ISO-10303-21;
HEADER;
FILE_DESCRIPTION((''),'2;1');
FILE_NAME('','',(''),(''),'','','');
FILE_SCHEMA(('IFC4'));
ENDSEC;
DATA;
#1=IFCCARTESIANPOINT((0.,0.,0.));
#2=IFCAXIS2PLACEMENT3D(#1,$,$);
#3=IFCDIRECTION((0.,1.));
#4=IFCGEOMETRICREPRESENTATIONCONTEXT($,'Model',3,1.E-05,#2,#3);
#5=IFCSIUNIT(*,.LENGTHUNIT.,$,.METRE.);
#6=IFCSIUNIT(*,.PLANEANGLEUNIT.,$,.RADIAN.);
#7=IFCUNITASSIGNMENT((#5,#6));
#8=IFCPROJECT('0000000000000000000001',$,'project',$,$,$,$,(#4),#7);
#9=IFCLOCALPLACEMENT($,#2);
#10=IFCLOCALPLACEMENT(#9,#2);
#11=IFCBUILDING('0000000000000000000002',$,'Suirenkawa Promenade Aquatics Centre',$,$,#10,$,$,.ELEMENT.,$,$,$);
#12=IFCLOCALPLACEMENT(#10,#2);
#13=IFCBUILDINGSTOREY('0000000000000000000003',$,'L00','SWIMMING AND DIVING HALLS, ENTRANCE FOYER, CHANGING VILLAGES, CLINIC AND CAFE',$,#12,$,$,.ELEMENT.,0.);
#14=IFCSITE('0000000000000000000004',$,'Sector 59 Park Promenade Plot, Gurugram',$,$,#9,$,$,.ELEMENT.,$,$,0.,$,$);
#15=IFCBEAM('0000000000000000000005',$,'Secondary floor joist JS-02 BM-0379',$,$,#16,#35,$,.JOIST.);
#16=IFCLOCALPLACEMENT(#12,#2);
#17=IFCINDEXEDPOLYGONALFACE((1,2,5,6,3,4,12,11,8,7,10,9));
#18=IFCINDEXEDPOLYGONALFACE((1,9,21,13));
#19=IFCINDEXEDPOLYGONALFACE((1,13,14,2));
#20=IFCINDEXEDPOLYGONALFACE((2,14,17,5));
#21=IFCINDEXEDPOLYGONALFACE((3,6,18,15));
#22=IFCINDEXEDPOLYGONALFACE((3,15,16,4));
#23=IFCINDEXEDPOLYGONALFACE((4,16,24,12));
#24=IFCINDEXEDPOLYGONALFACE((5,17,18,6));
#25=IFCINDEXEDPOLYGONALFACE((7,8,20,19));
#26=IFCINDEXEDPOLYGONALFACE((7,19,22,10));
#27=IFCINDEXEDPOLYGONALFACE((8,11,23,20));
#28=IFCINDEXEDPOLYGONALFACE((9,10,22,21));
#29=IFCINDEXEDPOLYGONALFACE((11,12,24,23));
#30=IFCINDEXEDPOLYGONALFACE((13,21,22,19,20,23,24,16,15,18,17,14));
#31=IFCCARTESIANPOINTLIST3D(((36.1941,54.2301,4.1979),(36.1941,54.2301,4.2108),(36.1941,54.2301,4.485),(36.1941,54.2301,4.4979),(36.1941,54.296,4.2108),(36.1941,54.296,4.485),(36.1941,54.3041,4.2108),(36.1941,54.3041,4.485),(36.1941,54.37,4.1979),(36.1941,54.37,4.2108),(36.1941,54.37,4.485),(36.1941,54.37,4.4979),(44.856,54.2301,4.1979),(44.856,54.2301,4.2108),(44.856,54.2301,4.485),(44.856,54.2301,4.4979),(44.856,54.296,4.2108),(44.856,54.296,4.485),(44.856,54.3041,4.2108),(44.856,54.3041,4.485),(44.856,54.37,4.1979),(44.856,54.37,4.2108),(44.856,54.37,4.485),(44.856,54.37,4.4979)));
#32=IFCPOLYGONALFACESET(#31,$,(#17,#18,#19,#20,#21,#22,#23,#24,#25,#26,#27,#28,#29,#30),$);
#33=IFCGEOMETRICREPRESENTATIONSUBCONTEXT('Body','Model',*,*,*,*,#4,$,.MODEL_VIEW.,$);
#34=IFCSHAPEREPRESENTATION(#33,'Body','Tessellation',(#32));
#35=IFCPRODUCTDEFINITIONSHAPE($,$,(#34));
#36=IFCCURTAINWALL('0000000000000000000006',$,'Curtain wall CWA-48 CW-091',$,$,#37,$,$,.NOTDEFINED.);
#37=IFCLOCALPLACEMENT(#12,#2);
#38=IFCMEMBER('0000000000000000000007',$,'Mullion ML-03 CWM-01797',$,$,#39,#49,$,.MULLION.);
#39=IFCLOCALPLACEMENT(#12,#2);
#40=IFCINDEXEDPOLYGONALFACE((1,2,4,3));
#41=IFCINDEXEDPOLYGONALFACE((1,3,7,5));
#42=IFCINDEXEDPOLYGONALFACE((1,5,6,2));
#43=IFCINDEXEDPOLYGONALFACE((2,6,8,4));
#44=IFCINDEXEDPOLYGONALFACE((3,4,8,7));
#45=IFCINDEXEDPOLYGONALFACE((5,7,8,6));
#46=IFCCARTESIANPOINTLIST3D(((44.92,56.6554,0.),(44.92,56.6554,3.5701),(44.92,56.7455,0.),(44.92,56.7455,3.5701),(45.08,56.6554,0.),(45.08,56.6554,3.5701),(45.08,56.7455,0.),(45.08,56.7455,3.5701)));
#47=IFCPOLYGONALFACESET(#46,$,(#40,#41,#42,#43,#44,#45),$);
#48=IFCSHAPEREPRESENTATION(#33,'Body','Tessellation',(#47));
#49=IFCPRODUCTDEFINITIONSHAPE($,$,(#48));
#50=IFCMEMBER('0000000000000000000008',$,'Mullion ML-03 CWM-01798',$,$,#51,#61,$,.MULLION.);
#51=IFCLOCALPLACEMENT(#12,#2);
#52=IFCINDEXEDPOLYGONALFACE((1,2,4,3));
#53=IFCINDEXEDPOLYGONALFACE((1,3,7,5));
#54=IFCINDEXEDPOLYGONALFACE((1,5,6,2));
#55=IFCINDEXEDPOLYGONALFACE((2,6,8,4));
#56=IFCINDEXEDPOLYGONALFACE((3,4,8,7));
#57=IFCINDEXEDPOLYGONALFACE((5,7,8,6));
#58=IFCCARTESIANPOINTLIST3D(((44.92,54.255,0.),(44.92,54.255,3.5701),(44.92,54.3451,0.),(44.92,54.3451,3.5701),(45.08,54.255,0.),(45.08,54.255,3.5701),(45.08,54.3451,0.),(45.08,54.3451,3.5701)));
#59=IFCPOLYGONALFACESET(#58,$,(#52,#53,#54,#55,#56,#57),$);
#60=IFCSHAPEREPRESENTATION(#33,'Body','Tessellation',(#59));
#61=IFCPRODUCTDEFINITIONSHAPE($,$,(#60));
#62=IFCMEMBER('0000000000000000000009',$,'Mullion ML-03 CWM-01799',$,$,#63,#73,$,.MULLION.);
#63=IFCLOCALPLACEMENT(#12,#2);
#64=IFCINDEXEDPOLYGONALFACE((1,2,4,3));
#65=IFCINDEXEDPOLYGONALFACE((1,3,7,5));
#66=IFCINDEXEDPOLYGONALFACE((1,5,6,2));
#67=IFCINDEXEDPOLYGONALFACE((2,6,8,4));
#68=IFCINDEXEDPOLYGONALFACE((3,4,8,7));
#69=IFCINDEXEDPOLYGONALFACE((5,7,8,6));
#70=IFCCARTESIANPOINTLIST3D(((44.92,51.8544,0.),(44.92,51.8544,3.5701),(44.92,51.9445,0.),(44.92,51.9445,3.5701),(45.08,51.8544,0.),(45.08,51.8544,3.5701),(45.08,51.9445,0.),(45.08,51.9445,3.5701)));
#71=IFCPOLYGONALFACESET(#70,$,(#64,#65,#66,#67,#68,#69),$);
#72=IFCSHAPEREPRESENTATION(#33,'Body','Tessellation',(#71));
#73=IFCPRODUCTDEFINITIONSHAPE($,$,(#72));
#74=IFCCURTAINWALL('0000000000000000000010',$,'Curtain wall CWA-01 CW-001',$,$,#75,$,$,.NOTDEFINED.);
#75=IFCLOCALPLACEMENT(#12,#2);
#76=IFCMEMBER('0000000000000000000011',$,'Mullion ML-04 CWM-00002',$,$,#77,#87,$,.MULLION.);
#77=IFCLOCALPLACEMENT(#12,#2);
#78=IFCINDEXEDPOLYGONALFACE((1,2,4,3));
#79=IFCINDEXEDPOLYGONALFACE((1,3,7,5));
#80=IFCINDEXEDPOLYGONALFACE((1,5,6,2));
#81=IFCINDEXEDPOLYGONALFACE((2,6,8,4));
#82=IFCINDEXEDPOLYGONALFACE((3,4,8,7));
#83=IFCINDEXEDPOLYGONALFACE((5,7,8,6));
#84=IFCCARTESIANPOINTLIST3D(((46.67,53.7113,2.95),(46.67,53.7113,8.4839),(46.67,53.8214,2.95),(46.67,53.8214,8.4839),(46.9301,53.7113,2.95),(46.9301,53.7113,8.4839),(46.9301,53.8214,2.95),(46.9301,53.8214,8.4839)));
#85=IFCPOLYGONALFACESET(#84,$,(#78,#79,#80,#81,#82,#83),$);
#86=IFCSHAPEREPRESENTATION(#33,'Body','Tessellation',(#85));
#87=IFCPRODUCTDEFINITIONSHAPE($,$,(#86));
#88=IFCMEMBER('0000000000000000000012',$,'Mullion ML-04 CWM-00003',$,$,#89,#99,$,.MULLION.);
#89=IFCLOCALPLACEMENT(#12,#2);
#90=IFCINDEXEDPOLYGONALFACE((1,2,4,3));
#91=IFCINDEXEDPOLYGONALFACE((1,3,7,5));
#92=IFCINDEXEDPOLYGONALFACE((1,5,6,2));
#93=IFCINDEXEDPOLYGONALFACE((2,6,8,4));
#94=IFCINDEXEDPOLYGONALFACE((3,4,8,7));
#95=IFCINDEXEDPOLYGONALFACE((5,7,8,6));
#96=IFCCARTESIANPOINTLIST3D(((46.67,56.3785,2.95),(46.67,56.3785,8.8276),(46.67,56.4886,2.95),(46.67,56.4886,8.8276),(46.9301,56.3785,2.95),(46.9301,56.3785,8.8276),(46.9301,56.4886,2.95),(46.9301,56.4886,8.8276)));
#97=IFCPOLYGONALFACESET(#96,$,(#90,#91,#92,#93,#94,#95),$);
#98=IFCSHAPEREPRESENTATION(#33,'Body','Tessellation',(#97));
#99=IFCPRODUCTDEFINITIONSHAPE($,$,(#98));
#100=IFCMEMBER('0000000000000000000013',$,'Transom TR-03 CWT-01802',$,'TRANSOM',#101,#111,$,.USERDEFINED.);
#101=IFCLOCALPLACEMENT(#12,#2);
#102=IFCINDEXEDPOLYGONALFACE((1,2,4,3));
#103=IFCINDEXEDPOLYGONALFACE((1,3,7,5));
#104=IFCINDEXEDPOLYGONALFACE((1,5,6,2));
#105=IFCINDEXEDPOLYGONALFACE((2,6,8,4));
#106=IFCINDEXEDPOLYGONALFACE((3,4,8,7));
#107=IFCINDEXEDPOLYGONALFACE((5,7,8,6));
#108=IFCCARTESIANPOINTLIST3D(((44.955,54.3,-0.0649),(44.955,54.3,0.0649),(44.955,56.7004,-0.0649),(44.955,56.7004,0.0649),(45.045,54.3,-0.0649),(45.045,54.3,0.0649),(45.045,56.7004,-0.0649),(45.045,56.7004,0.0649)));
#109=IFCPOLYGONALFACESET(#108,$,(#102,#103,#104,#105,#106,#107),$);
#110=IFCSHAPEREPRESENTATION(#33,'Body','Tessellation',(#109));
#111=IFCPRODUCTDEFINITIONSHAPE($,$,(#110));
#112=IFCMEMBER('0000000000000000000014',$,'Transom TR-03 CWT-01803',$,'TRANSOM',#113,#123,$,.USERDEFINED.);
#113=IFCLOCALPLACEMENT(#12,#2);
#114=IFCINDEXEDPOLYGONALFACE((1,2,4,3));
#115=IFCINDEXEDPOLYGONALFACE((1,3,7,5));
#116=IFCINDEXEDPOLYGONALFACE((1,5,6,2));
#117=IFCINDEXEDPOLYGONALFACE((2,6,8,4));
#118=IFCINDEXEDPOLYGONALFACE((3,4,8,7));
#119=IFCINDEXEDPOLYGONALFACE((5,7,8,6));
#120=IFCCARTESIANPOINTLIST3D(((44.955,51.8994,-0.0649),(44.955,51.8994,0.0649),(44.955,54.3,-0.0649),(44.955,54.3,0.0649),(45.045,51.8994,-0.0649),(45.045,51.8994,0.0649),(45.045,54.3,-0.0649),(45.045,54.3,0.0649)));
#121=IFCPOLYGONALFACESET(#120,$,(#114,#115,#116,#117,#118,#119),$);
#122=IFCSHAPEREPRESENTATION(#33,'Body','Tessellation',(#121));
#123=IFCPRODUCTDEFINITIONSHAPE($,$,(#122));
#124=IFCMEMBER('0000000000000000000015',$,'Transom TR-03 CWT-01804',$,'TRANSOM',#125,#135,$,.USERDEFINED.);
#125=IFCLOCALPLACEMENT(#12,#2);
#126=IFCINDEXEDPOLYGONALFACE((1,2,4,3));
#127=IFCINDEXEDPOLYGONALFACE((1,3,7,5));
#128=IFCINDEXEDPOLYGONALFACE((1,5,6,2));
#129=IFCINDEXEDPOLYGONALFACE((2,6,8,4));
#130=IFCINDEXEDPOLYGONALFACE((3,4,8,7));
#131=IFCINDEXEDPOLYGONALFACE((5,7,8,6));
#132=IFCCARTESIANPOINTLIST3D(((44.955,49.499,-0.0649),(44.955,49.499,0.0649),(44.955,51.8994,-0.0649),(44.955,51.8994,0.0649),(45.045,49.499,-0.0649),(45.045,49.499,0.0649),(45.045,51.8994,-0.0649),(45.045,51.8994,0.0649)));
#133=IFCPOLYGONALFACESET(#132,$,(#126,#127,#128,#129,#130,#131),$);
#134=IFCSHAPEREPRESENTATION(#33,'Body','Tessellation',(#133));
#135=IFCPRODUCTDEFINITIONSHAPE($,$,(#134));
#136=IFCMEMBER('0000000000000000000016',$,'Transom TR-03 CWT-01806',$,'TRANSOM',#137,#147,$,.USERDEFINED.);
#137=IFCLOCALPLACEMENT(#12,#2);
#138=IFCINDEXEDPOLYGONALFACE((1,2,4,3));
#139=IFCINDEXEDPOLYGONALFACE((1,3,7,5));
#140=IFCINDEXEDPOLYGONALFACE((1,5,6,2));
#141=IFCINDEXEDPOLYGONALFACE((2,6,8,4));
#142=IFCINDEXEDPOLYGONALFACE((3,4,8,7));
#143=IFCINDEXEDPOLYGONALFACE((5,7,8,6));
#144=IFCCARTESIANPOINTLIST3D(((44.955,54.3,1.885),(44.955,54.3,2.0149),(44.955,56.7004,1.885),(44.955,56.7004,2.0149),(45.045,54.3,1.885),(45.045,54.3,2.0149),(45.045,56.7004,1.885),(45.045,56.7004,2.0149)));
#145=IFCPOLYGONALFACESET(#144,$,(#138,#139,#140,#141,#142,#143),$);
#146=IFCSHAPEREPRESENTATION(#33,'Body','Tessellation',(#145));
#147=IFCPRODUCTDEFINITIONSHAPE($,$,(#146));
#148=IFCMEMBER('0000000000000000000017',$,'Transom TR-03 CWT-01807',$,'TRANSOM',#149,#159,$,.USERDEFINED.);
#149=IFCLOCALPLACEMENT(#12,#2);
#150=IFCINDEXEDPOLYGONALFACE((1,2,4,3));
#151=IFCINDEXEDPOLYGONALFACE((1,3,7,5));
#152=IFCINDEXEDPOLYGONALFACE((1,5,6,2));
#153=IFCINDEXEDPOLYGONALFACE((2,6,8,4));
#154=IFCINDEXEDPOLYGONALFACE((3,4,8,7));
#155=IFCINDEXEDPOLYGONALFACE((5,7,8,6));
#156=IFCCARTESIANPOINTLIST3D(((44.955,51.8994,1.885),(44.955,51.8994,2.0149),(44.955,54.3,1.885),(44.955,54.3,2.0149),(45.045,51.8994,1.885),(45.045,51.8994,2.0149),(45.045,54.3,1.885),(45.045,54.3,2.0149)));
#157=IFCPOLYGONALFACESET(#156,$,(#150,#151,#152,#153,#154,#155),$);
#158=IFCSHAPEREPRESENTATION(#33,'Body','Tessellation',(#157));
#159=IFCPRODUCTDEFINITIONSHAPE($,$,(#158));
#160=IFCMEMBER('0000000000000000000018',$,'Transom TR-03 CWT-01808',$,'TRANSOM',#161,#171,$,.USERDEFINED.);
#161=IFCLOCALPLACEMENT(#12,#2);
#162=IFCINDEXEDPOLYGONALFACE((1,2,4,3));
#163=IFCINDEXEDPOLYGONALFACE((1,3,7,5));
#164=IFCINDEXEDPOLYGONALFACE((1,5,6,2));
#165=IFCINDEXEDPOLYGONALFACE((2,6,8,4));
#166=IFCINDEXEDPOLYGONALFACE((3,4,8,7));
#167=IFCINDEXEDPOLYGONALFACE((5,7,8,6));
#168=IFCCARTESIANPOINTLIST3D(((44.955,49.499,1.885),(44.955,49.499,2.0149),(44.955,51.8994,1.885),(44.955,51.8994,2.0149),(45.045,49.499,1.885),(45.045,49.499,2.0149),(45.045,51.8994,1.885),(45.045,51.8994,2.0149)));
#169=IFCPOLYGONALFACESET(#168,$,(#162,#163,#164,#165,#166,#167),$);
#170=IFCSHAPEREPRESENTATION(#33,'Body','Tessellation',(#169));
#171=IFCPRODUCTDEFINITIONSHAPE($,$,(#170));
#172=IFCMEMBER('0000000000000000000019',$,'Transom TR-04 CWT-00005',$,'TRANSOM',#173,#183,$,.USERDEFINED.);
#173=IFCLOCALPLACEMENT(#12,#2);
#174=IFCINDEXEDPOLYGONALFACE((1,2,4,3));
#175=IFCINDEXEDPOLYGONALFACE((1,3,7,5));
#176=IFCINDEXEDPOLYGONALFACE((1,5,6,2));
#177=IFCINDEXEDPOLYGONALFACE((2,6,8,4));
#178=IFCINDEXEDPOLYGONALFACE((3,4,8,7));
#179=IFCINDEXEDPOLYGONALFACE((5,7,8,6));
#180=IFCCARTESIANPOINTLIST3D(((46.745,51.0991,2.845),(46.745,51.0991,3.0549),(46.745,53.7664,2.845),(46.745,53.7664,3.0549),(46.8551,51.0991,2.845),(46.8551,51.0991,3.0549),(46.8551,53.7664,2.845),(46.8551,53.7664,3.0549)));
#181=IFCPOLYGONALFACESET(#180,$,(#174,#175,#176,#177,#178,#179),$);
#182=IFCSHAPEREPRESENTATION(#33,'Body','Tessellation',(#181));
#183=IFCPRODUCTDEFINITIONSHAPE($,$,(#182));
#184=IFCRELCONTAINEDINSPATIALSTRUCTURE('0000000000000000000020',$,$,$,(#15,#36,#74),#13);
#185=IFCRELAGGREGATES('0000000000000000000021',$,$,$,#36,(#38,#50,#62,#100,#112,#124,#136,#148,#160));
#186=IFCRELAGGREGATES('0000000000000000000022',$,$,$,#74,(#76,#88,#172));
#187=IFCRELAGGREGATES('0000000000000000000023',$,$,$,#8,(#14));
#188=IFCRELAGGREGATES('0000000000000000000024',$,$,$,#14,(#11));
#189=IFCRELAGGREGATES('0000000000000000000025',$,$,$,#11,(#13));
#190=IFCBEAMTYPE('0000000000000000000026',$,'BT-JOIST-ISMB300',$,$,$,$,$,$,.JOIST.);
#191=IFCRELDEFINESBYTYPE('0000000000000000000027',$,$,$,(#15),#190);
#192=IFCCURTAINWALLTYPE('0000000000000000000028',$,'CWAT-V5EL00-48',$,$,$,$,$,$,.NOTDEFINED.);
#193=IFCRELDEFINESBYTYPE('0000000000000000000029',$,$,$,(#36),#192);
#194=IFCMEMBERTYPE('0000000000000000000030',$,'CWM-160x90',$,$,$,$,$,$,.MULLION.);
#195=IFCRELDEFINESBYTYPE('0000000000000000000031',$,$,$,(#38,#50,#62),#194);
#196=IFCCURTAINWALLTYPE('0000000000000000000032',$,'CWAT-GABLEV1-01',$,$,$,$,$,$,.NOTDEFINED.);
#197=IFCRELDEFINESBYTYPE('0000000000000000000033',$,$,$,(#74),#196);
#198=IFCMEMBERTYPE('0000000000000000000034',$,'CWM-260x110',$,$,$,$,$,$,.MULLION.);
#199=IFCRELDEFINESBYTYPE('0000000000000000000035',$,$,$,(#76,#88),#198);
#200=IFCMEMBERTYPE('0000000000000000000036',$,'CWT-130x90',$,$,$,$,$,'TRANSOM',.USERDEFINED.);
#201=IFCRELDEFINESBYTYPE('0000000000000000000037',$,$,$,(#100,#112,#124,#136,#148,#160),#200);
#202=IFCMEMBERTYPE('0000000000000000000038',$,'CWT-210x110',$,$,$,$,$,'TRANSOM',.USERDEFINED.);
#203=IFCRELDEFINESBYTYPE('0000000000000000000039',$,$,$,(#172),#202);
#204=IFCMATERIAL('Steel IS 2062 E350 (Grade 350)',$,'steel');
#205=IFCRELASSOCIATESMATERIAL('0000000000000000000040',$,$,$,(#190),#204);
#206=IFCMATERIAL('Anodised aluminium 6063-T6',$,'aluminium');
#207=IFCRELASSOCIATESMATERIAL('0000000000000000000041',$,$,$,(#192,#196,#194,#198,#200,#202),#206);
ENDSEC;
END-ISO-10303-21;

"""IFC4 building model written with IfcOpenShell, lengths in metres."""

from ifc_helpers import new_model, si_unit, direction, frame, origin, origin_2d, place, context, subcontext, project, spatial, rectangle, i_section, extrude, material, material_profile, profile_set, type_object, element, aggregate, save


model = new_model("IFC4")

# Units and contexts
model_context = context("Model", 3, precision=1e-05, world=origin(), true_north=direction((0.0, 1.0)))
body_context = subcontext(model_context, "Body", "Model", "MODEL_VIEW")
ifc_project = project(units=[si_unit("LENGTHUNIT", "METRE"), si_unit("PLANEANGLEUNIT", "RADIAN")], contexts=[model_context])

# Site, building, storey
site_placement = place(None, origin())
site = spatial("IfcSite", under=ifc_project, at=site_placement, Name="Sector 59 Park Promenade Plot, Gurugram", CompositionType="ELEMENT", RefElevation=0.0)
building_placement = place(site_placement, origin())
building = spatial("IfcBuilding", under=site, at=building_placement, Name="Suirenkawa Promenade Aquatics Centre", CompositionType="ELEMENT")
storey_placement = place(building_placement, origin())
storey = spatial("IfcBuildingStorey", under=building, at=storey_placement, Name="L00", Description="SWIMMING AND DIVING HALLS, ENTRANCE FOYER, CHANGING VILLAGES, CLINIC AND CAFE", CompositionType="ELEMENT", Elevation=0.0)

# Beam
ifc_material_1 = material(Name="Steel IS 2062 E350 (Grade 350)", Category="steel")
ifc_material_profile_1 = material_profile(ifc_material_1, i_section(OverallWidth=0.1399, OverallDepth=0.3, WebThickness=0.0081, FlangeThickness=0.0129, at=origin_2d()), Name="ISMB 300", Category="steel")
ifc_profile_set_1 = profile_set([ifc_material_profile_1], Name="Steel IS 2062 E350 (Grade 350)")
beam_type = type_object("IfcBeamType", Name="BT-JOIST-ISMB300", PredefinedType="JOIST", material=ifc_profile_set_1)
beam_placement = place(storey_placement, frame((36.1941, 54.3, 4.3479), z_axis=(1.0, 0.0, 0.0), x_axis=(0.0, 1.0, 0.0)))
element("IfcBeam", 1, at=beam_placement, inside=storey, type_object=beam_type, Name="Secondary floor joist JS-02 BM-0379", PredefinedType="JOIST", context=body_context, shape_type="SweptSolid", body=[
    extrude(i_section(OverallWidth=0.1399, OverallDepth=0.3, WebThickness=0.0081, FlangeThickness=0.0129, at=origin_2d()), origin(), (0.0, 0.0, 1.0), 8.6619),
])

# Curtain walls, members
ifc_material_2 = material(Name="Anodised aluminium 6063-T6", Category="aluminium")
curtain_wall_type_1 = type_object("IfcCurtainWallType", Name="CWAT-V5EL00-48", PredefinedType="NOTDEFINED", material=ifc_material_2)
curtain_wall_1_placement = place(storey_placement, origin())
curtain_wall_1 = element("IfcCurtainWall", 2, at=curtain_wall_1_placement, inside=storey, type_object=curtain_wall_type_1, Name="Curtain wall CWA-48 CW-091", PredefinedType="NOTDEFINED")
ifc_material_profile_2 = material_profile(ifc_material_2, rectangle(XDim=0.0901, YDim=0.1599, at=origin_2d()), Name="ALU MULL 90x160", Category="aluminium")
ifc_profile_set_2 = profile_set([ifc_material_profile_2], Name="Anodised aluminium 6063-T6")
member_type_1 = type_object("IfcMemberType", Name="CWM-160x90", PredefinedType="MULLION", material=ifc_profile_set_2)
member_1_placement = place(storey_placement, frame((45.0, 56.7004, 0.0), z_axis=(0.0, 0.0, 1.0), x_axis=(0.0, -1.0, 0.0)))
member_1 = element("IfcMember", 3, at=member_1_placement, type_object=member_type_1, Name="Mullion ML-03 CWM-01797", PredefinedType="MULLION", context=body_context, shape_type="SweptSolid", body=[
    extrude(rectangle(XDim=0.0901, YDim=0.1599, at=origin_2d()), origin(), (0.0, 0.0, 1.0), 3.5701),
])
member_2_placement = place(storey_placement, frame((45.0, 54.3, 0.0), z_axis=(0.0, 0.0, 1.0), x_axis=(0.0, -1.0, 0.0)))
member_2 = element("IfcMember", 4, at=member_2_placement, type_object=member_type_1, Name="Mullion ML-03 CWM-01798", PredefinedType="MULLION", context=body_context, shape_type="SweptSolid", body=[
    extrude(rectangle(XDim=0.0901, YDim=0.1599, at=origin_2d()), origin(), (0.0, 0.0, 1.0), 3.5701),
])
member_3_placement = place(storey_placement, frame((45.0, 51.8994, 0.0), z_axis=(0.0, 0.0, 1.0), x_axis=(0.0, -1.0, 0.0)))
member_3 = element("IfcMember", 5, at=member_3_placement, type_object=member_type_1, Name="Mullion ML-03 CWM-01799", PredefinedType="MULLION", context=body_context, shape_type="SweptSolid", body=[
    extrude(rectangle(XDim=0.0901, YDim=0.1599, at=origin_2d()), origin(), (0.0, 0.0, 1.0), 3.5701),
])
curtain_wall_type_2 = type_object("IfcCurtainWallType", Name="CWAT-GABLEV1-01", PredefinedType="NOTDEFINED", material=ifc_material_2)
curtain_wall_2_placement = place(storey_placement, origin())
curtain_wall_2 = element("IfcCurtainWall", 6, at=curtain_wall_2_placement, inside=storey, type_object=curtain_wall_type_2, Name="Curtain wall CWA-01 CW-001", PredefinedType="NOTDEFINED")
ifc_material_profile_3 = material_profile(ifc_material_2, rectangle(XDim=0.1101, YDim=0.26, at=origin_2d()), Name="ALU MULL 110x260", Category="aluminium")
ifc_profile_set_3 = profile_set([ifc_material_profile_3], Name="Anodised aluminium 6063-T6")
member_type_2 = type_object("IfcMemberType", Name="CWM-260x110", PredefinedType="MULLION", material=ifc_profile_set_3)
member_4_placement = place(storey_placement, frame((46.8, 53.7664, 2.95), z_axis=(0.0, 0.0, 1.0), x_axis=(0.0, 1.0, 0.0)))
member_4 = element("IfcMember", 7, at=member_4_placement, type_object=member_type_2, Name="Mullion ML-04 CWM-00002", PredefinedType="MULLION", context=body_context, shape_type="SweptSolid", body=[
    extrude(rectangle(XDim=0.1101, YDim=0.26, at=origin_2d()), origin(), (0.0, 0.0, 1.0), 5.5339),
])
member_5_placement = place(storey_placement, frame((46.8, 56.4336, 2.95), z_axis=(0.0, 0.0, 1.0), x_axis=(0.0, 1.0, 0.0)))
member_5 = element("IfcMember", 8, at=member_5_placement, type_object=member_type_2, Name="Mullion ML-04 CWM-00003", PredefinedType="MULLION", context=body_context, shape_type="SweptSolid", body=[
    extrude(rectangle(XDim=0.1101, YDim=0.26, at=origin_2d()), origin(), (0.0, 0.0, 1.0), 5.8777),
])

# Members
ifc_material_profile_4 = material_profile(ifc_material_2, rectangle(XDim=0.0901, YDim=0.1299, at=origin_2d()), Name="ALU TRAN 90x130", Category="aluminium")
ifc_profile_set_4 = profile_set([ifc_material_profile_4], Name="Anodised aluminium 6063-T6")
member_type_3 = type_object("IfcMemberType", Name="CWT-130x90", ElementType="TRANSOM", PredefinedType="USERDEFINED", material=ifc_profile_set_4)
member_6_placement = place(storey_placement, frame((45.0, 56.7004, 0.0), z_axis=(0.0, -1.0, 0.0), x_axis=(1.0, 0.0, 0.0)))
member_6 = element("IfcMember", 9, at=member_6_placement, type_object=member_type_3, Name="Transom TR-03 CWT-01802", ObjectType="TRANSOM", PredefinedType="USERDEFINED", context=body_context, shape_type="SweptSolid", body=[
    extrude(rectangle(XDim=0.0901, YDim=0.1299, at=origin_2d()), origin(), (0.0, 0.0, 1.0), 2.4004),
])
member_7_placement = place(storey_placement, frame((45.0, 54.3, 0.0), z_axis=(0.0, -1.0, 0.0), x_axis=(1.0, 0.0, 0.0)))
member_7 = element("IfcMember", 10, at=member_7_placement, type_object=member_type_3, Name="Transom TR-03 CWT-01803", ObjectType="TRANSOM", PredefinedType="USERDEFINED", context=body_context, shape_type="SweptSolid", body=[
    extrude(rectangle(XDim=0.0901, YDim=0.1299, at=origin_2d()), origin(), (0.0, 0.0, 1.0), 2.4006),
])
member_8_placement = place(storey_placement, frame((45.0, 51.8994, 0.0), z_axis=(0.0, -1.0, 0.0), x_axis=(1.0, 0.0, 0.0)))
member_8 = element("IfcMember", 11, at=member_8_placement, type_object=member_type_3, Name="Transom TR-03 CWT-01804", ObjectType="TRANSOM", PredefinedType="USERDEFINED", context=body_context, shape_type="SweptSolid", body=[
    extrude(rectangle(XDim=0.0901, YDim=0.1299, at=origin_2d()), origin(), (0.0, 0.0, 1.0), 2.4004),
])
member_9_placement = place(storey_placement, frame((45.0, 56.7004, 1.95), z_axis=(0.0, -1.0, 0.0), x_axis=(1.0, 0.0, 0.0)))
member_9 = element("IfcMember", 12, at=member_9_placement, type_object=member_type_3, Name="Transom TR-03 CWT-01806", ObjectType="TRANSOM", PredefinedType="USERDEFINED", context=body_context, shape_type="SweptSolid", body=[
    extrude(rectangle(XDim=0.0901, YDim=0.1299, at=origin_2d()), origin(), (0.0, 0.0, 1.0), 2.4004),
])
member_10_placement = place(storey_placement, frame((45.0, 54.3, 1.95), z_axis=(0.0, -1.0, 0.0), x_axis=(1.0, 0.0, 0.0)))
member_10 = element("IfcMember", 13, at=member_10_placement, type_object=member_type_3, Name="Transom TR-03 CWT-01807", ObjectType="TRANSOM", PredefinedType="USERDEFINED", context=body_context, shape_type="SweptSolid", body=[
    extrude(rectangle(XDim=0.0901, YDim=0.1299, at=origin_2d()), origin(), (0.0, 0.0, 1.0), 2.4006),
])
member_11_placement = place(storey_placement, frame((45.0, 51.8994, 1.95), z_axis=(0.0, -1.0, 0.0), x_axis=(1.0, 0.0, 0.0)))
member_11 = element("IfcMember", 14, at=member_11_placement, type_object=member_type_3, Name="Transom TR-03 CWT-01808", ObjectType="TRANSOM", PredefinedType="USERDEFINED", context=body_context, shape_type="SweptSolid", body=[
    extrude(rectangle(XDim=0.0901, YDim=0.1299, at=origin_2d()), origin(), (0.0, 0.0, 1.0), 2.4004),
])
ifc_material_profile_5 = material_profile(ifc_material_2, rectangle(XDim=0.1101, YDim=0.21, at=origin_2d()), Name="ALU TRAN 110x210", Category="aluminium")
ifc_profile_set_5 = profile_set([ifc_material_profile_5], Name="Anodised aluminium 6063-T6")
member_type_4 = type_object("IfcMemberType", Name="CWT-210x110", ElementType="TRANSOM", PredefinedType="USERDEFINED", material=ifc_profile_set_5)
member_12_placement = place(storey_placement, frame((46.8, 51.0991, 2.95), z_axis=(0.0, 1.0, 0.0), x_axis=(-1.0, 0.0, 0.0)))
member_12 = element("IfcMember", 15, at=member_12_placement, type_object=member_type_4, Name="Transom TR-04 CWT-00005", ObjectType="TRANSOM", PredefinedType="USERDEFINED", context=body_context, shape_type="SweptSolid", body=[
    extrude(rectangle(XDim=0.1101, YDim=0.21, at=origin_2d()), origin(), (0.0, 0.0, 1.0), 2.6672),
])

aggregate(curtain_wall_1, [member_1, member_2, member_3, member_6, member_7, member_8, member_9, member_10, member_11])
aggregate(curtain_wall_2, [member_4, member_5, member_12])

save(model, "model.ifc")
